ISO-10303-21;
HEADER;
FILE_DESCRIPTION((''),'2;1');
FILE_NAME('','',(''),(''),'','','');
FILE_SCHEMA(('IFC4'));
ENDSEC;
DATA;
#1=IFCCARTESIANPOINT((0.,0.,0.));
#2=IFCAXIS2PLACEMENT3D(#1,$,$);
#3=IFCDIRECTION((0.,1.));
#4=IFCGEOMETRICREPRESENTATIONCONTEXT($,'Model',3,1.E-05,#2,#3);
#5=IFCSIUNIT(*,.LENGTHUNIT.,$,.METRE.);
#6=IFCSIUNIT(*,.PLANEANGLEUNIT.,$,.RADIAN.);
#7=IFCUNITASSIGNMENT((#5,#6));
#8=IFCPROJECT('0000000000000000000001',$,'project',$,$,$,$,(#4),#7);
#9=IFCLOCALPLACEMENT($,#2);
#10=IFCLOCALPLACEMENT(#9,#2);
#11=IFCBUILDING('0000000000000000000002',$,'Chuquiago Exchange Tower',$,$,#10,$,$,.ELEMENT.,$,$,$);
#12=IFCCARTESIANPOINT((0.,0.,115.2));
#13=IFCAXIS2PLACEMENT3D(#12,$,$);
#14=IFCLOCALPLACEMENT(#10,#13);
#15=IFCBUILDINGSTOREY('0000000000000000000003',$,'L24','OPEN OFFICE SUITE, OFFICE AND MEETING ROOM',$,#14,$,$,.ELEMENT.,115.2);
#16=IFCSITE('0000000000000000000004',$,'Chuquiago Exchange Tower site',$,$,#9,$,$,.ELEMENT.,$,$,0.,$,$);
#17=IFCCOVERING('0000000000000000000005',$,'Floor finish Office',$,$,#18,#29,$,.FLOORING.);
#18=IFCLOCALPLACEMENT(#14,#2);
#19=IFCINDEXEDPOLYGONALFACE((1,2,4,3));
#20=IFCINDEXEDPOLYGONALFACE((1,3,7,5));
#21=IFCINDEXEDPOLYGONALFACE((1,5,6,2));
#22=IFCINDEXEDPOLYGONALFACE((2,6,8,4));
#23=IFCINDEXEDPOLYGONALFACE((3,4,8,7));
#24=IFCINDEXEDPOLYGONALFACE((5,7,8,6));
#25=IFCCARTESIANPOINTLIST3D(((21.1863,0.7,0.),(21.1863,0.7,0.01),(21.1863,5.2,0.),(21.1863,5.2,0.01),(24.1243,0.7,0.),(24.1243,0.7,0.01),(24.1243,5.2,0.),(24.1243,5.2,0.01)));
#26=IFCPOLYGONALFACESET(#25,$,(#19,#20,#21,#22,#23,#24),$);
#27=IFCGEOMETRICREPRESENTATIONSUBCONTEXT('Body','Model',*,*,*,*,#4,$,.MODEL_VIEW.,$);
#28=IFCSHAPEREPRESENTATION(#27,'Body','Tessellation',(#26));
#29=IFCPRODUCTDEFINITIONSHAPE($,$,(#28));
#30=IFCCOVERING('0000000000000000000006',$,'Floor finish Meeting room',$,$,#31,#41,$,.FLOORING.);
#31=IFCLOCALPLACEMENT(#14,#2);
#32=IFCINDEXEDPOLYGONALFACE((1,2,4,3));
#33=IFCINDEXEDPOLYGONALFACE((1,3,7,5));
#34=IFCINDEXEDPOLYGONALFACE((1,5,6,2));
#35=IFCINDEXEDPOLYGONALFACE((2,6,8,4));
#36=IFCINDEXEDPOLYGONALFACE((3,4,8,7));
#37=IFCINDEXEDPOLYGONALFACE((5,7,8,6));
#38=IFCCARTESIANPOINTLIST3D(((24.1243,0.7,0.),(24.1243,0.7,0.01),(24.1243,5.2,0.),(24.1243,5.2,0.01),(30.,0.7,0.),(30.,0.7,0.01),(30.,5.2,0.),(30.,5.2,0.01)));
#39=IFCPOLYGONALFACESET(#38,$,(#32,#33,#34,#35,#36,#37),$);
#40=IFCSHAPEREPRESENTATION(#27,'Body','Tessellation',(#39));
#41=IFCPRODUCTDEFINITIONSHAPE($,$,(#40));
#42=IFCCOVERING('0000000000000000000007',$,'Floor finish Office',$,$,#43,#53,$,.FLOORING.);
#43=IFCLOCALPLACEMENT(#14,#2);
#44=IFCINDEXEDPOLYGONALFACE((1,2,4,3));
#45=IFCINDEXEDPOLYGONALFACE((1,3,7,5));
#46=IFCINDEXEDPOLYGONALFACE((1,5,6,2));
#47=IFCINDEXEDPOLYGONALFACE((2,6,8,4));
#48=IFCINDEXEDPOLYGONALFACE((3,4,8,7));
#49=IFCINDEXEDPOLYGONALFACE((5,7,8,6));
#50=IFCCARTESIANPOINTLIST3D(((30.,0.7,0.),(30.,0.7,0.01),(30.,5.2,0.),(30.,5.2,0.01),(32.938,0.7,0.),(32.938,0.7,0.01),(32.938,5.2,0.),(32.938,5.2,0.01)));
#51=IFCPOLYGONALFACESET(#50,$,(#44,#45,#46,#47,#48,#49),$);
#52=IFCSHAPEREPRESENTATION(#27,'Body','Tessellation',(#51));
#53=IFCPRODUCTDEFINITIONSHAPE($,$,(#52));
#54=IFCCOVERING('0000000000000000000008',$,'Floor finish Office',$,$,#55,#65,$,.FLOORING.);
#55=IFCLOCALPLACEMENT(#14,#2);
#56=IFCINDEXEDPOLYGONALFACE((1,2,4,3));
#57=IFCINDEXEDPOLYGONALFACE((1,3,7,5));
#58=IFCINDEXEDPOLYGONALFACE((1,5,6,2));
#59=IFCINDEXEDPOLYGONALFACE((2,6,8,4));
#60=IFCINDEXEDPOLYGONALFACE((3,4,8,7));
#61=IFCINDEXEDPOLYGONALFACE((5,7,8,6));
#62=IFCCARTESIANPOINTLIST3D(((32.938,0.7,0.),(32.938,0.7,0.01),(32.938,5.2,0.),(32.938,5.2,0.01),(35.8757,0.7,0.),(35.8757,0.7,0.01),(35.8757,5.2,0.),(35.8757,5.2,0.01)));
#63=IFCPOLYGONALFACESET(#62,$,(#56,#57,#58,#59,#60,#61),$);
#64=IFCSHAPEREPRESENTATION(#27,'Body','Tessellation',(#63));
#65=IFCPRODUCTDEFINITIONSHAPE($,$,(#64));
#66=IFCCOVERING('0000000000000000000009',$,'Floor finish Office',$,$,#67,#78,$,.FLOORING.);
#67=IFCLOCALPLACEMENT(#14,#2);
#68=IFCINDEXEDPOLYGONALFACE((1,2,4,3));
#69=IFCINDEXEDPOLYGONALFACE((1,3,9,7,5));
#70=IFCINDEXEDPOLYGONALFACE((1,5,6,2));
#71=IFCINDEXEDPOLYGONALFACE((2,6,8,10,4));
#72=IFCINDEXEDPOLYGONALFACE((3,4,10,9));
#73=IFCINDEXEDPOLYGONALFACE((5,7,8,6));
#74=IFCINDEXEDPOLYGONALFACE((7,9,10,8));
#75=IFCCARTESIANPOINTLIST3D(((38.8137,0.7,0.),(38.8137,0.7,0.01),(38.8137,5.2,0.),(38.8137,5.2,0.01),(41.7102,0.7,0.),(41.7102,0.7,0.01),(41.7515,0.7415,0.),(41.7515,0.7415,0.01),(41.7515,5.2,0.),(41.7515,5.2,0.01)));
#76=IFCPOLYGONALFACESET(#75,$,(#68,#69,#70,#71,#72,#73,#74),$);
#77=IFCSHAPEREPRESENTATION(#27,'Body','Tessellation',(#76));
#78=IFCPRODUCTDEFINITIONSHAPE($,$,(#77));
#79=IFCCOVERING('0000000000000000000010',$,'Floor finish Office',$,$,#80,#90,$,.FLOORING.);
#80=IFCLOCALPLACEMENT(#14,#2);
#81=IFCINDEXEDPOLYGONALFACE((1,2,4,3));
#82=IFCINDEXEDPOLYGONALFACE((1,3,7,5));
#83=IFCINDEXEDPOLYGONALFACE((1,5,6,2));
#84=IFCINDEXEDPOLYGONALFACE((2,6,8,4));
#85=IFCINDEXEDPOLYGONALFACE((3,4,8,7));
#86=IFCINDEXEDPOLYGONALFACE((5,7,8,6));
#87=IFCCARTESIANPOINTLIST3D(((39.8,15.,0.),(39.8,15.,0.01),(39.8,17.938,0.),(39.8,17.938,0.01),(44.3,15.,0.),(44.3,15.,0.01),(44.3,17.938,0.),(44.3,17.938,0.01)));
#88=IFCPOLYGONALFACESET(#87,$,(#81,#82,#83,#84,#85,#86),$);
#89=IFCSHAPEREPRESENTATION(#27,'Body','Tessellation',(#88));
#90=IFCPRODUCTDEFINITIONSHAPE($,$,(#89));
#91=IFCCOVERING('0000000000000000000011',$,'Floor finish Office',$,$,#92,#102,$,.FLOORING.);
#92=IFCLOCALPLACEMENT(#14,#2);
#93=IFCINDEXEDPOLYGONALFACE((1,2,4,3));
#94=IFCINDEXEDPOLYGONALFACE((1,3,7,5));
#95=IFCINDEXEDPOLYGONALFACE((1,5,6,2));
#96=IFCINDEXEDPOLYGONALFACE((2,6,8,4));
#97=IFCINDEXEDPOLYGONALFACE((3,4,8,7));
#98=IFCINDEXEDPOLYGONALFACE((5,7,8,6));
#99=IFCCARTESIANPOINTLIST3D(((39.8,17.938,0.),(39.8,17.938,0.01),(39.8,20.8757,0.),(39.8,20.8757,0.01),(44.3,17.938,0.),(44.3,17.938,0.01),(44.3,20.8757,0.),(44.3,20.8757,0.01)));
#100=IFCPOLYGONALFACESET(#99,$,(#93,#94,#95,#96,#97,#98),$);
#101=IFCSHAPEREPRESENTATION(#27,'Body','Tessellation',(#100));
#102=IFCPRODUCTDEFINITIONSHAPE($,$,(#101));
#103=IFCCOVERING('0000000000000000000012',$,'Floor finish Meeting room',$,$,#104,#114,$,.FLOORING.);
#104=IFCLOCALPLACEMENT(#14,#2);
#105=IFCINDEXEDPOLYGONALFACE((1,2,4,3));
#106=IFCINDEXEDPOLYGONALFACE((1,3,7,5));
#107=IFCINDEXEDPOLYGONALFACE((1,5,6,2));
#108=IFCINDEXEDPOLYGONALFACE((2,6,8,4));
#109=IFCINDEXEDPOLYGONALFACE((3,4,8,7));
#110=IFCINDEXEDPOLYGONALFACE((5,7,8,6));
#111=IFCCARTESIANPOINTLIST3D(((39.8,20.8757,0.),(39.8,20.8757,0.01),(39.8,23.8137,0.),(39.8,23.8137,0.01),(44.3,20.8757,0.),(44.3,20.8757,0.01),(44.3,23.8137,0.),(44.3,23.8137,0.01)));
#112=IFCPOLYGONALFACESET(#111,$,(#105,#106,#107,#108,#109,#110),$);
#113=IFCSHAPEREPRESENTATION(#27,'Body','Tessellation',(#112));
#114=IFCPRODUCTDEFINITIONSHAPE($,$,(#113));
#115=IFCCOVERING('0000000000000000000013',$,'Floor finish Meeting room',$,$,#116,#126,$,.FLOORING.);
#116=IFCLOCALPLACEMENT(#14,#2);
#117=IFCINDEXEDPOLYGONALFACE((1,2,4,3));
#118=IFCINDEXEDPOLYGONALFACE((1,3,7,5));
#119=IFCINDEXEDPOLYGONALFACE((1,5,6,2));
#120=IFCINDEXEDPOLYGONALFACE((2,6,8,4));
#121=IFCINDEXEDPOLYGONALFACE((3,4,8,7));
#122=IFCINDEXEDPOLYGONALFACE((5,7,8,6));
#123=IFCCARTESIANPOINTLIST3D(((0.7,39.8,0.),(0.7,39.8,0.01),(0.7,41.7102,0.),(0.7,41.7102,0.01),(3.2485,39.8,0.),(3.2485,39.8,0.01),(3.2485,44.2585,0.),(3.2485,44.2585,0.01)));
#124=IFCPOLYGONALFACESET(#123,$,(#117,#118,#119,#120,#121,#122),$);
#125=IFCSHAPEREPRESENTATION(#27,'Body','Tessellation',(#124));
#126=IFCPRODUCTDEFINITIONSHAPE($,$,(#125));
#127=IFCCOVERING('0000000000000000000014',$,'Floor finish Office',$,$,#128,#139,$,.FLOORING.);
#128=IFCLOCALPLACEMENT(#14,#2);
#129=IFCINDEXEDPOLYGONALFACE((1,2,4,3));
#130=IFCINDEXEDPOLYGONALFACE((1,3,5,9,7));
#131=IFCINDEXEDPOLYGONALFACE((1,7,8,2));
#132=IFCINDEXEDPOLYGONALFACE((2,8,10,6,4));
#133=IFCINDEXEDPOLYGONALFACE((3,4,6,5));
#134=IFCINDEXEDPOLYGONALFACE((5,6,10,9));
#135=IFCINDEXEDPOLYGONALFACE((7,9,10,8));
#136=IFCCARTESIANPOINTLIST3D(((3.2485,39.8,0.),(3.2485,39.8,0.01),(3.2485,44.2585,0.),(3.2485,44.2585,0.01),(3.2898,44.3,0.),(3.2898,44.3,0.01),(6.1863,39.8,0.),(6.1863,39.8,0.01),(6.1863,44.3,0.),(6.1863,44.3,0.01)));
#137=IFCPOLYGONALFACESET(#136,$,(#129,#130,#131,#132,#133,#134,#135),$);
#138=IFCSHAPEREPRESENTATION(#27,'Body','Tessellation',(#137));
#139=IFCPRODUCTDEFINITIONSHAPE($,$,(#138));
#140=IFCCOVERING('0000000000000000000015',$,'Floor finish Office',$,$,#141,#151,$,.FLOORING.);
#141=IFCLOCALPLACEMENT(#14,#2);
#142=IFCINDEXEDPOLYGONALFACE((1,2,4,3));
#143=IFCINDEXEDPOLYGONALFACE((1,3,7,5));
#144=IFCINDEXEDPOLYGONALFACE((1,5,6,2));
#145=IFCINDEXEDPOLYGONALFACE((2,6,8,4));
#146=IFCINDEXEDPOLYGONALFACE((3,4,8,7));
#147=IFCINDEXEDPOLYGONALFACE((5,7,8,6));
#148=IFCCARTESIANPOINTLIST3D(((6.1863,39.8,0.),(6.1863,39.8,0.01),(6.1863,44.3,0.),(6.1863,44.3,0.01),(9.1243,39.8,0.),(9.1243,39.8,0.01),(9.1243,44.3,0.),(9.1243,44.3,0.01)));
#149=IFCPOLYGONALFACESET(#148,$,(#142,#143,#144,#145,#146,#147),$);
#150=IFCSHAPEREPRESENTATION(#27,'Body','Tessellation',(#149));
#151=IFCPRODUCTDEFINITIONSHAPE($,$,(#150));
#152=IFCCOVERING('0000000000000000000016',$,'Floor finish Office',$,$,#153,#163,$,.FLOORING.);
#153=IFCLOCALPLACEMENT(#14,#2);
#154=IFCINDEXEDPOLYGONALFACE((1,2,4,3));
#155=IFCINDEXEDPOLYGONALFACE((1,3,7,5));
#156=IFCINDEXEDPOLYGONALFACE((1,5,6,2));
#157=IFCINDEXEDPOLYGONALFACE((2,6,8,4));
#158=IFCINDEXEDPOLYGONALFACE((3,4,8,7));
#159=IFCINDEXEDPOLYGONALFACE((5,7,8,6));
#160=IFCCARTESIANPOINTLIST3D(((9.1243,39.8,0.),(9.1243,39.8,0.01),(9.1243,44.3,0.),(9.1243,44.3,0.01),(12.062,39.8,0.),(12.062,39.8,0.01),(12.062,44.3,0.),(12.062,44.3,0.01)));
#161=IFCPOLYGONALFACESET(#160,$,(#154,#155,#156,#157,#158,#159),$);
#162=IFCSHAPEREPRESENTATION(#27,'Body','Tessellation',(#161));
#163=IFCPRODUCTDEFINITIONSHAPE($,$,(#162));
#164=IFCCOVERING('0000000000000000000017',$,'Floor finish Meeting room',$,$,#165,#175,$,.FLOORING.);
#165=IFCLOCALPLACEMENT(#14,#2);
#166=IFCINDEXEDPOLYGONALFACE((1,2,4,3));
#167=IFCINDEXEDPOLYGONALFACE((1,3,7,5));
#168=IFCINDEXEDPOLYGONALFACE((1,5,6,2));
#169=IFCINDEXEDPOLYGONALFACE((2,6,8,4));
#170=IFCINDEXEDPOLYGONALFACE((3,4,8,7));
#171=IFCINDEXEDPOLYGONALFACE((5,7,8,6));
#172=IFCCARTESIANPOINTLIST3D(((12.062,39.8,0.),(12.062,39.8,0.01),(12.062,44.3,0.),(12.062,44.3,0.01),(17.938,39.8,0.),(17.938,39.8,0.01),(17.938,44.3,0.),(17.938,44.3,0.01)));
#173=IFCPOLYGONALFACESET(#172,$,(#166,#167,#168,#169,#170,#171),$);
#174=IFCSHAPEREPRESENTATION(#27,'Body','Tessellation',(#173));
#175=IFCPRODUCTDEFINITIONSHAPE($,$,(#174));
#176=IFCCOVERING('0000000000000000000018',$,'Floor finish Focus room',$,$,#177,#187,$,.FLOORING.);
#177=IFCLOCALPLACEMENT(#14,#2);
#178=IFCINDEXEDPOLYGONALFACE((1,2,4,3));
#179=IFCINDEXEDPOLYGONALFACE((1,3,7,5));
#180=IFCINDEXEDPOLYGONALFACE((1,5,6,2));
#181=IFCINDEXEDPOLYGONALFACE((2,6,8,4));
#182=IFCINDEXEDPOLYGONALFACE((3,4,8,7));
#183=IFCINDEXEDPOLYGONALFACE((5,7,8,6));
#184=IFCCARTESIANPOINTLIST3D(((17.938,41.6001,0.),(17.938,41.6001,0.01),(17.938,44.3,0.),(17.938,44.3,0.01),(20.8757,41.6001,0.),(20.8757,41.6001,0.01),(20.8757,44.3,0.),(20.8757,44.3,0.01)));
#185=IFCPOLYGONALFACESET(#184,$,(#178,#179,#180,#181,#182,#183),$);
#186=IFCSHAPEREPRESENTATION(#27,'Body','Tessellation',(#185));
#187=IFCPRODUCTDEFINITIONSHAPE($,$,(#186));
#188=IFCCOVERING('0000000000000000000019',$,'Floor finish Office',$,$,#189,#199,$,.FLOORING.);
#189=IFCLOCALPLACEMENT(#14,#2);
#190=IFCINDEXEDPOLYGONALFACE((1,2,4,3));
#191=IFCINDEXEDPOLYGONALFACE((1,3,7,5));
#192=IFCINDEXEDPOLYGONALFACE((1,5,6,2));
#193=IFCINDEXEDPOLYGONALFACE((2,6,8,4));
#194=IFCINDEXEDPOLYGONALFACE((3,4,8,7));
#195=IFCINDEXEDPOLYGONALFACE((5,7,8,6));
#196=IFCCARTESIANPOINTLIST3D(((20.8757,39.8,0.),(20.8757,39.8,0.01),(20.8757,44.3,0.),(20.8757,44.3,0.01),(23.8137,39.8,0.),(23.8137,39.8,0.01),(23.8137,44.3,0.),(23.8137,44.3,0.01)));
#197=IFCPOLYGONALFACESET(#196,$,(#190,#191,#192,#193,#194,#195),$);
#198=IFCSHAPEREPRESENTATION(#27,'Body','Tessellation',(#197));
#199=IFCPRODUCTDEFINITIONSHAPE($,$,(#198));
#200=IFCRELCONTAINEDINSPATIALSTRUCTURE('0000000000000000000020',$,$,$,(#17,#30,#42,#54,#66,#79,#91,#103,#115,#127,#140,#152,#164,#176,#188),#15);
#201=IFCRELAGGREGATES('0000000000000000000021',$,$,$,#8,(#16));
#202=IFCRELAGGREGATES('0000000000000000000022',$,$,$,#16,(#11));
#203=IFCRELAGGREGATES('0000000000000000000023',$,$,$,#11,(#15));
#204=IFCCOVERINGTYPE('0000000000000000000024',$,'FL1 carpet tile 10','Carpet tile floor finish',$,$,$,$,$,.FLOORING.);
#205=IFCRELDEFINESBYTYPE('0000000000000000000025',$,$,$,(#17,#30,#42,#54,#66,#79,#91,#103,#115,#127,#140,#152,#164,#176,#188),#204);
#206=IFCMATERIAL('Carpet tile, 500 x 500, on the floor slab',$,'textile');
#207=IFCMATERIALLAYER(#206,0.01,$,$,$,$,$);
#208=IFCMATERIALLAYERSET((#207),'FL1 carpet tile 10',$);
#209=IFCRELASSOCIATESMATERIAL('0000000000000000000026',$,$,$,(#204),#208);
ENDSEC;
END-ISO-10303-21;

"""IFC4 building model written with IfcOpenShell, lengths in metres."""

from ifc_helpers import new_model, si_unit, direction, frame, origin, place, context, subcontext, project, spatial, polyline, outline, extrude, material, layer, layer_set, type_object, element, save


model = new_model("IFC4")

# Units and contexts
model_context = context("Model", 3, precision=1e-05, world=origin(), true_north=direction((0.0, 1.0)))
body_context = subcontext(model_context, "Body", "Model", "MODEL_VIEW")
ifc_project = project(units=[si_unit("LENGTHUNIT", "METRE"), si_unit("PLANEANGLEUNIT", "RADIAN")], contexts=[model_context])

# Site, building, storey
site_placement = place(None, origin())
site = spatial("IfcSite", under=ifc_project, at=site_placement, Name="Chuquiago Exchange Tower site", CompositionType="ELEMENT", RefElevation=0.0)
building_placement = place(site_placement, origin())
building = spatial("IfcBuilding", under=site, at=building_placement, Name="Chuquiago Exchange Tower", CompositionType="ELEMENT")
storey_placement = place(building_placement, frame((0.0, 0.0, 115.2)))
storey = spatial("IfcBuildingStorey", under=building, at=storey_placement, Name="L24", Description="OPEN OFFICE SUITE, OFFICE AND MEETING ROOM", CompositionType="ELEMENT", Elevation=115.2)

# Coverings
ifc_material_1 = material(Name="Carpet tile, 500 x 500, on the floor slab", Category="textile")
ifc_layer_1 = layer(ifc_material_1, 0.01)
ifc_layer_set_1 = layer_set([ifc_layer_1], Name="FL1 carpet tile 10")
covering_type_1 = type_object("IfcCoveringType", Name="FL1 carpet tile 10", Description="Carpet tile floor finish", PredefinedType="FLOORING", material=ifc_layer_set_1)
covering_1_placement = place(storey_placement, origin())
element("IfcCovering", 1, at=covering_1_placement, inside=storey, type_object=covering_type_1, Name="Floor finish Office", PredefinedType="FLOORING", context=body_context, shape_type="SweptSolid", body=[
    extrude(outline(polyline([(21.1863, 0.7), (21.1863, 5.2), (24.1243, 5.2), (24.1243, 0.7), (21.1863, 0.7)])), origin(), (0.0, 0.0, 1.0), 0.01),
])
covering_2_placement = place(storey_placement, origin())
element("IfcCovering", 2, at=covering_2_placement, inside=storey, type_object=covering_type_1, Name="Floor finish Meeting room", PredefinedType="FLOORING", context=body_context, shape_type="SweptSolid", body=[
    extrude(outline(polyline([(24.1243, 0.7), (24.1243, 5.2), (30.0, 5.2), (30.0, 0.7), (24.1243, 0.7)])), origin(), (0.0, 0.0, 1.0), 0.01),
])
covering_3_placement = place(storey_placement, origin())
element("IfcCovering", 3, at=covering_3_placement, inside=storey, type_object=covering_type_1, Name="Floor finish Office", PredefinedType="FLOORING", context=body_context, shape_type="SweptSolid", body=[
    extrude(outline(polyline([(30.0, 0.7), (30.0, 5.2), (32.938, 5.2), (32.938, 0.7), (30.0, 0.7)])), origin(), (0.0, 0.0, 1.0), 0.01),
])
covering_4_placement = place(storey_placement, origin())
element("IfcCovering", 4, at=covering_4_placement, inside=storey, type_object=covering_type_1, Name="Floor finish Office", PredefinedType="FLOORING", context=body_context, shape_type="SweptSolid", body=[
    extrude(outline(polyline([(32.938, 0.7), (32.938, 5.2), (35.8757, 5.2), (35.8757, 0.7), (32.938, 0.7)])), origin(), (0.0, 0.0, 1.0), 0.01),
])
covering_5_placement = place(storey_placement, origin())
element("IfcCovering", 5, at=covering_5_placement, inside=storey, type_object=covering_type_1, Name="Floor finish Office", PredefinedType="FLOORING", context=body_context, shape_type="SweptSolid", body=[
    extrude(outline(polyline([(41.7102, 0.7), (38.8137, 0.7), (38.8137, 5.2), (41.7515, 5.2), (41.7515, 0.7415), (41.7102, 0.7)])), origin(), (0.0, 0.0, 1.0), 0.01),
])
covering_6_placement = place(storey_placement, origin())
element("IfcCovering", 6, at=covering_6_placement, inside=storey, type_object=covering_type_1, Name="Floor finish Office", PredefinedType="FLOORING", context=body_context, shape_type="SweptSolid", body=[
    extrude(outline(polyline([(44.3, 15.0), (39.8, 15.0), (39.8, 17.938), (44.3, 17.938), (44.3, 15.0)])), origin(), (0.0, 0.0, 1.0), 0.01),
])
covering_7_placement = place(storey_placement, origin())
element("IfcCovering", 7, at=covering_7_placement, inside=storey, type_object=covering_type_1, Name="Floor finish Office", PredefinedType="FLOORING", context=body_context, shape_type="SweptSolid", body=[
    extrude(outline(polyline([(44.3, 17.938), (39.8, 17.938), (39.8, 20.8757), (44.3, 20.8757), (44.3, 17.938)])), origin(), (0.0, 0.0, 1.0), 0.01),
])
covering_8_placement = place(storey_placement, origin())
element("IfcCovering", 8, at=covering_8_placement, inside=storey, type_object=covering_type_1, Name="Floor finish Meeting room", PredefinedType="FLOORING", context=body_context, shape_type="SweptSolid", body=[
    extrude(outline(polyline([(44.3, 20.8757), (39.8, 20.8757), (39.8, 23.8137), (44.3, 23.8137), (44.3, 20.8757)])), origin(), (0.0, 0.0, 1.0), 0.01),
])
covering_9_placement = place(storey_placement, origin())
element("IfcCovering", 9, at=covering_9_placement, inside=storey, type_object=covering_type_1, Name="Floor finish Meeting room", PredefinedType="FLOORING", context=body_context, shape_type="SweptSolid", body=[
    extrude(outline(polyline([(0.7, 41.7102), (3.2485, 44.2585), (3.2485, 39.8), (0.7, 39.8), (0.7, 41.7102)])), origin(), (0.0, 0.0, 1.0), 0.01),
])
covering_10_placement = place(storey_placement, origin())
element("IfcCovering", 10, at=covering_10_placement, inside=storey, type_object=covering_type_1, Name="Floor finish Office", PredefinedType="FLOORING", context=body_context, shape_type="SweptSolid", body=[
    extrude(outline(polyline([(3.2898, 44.3), (6.1863, 44.3), (6.1863, 39.8), (3.2485, 39.8), (3.2485, 44.2585), (3.2898, 44.3)])), origin(), (0.0, 0.0, 1.0), 0.01),
])
covering_11_placement = place(storey_placement, origin())
element("IfcCovering", 11, at=covering_11_placement, inside=storey, type_object=covering_type_1, Name="Floor finish Office", PredefinedType="FLOORING", context=body_context, shape_type="SweptSolid", body=[
    extrude(outline(polyline([(9.1243, 44.3), (9.1243, 39.8), (6.1863, 39.8), (6.1863, 44.3), (9.1243, 44.3)])), origin(), (0.0, 0.0, 1.0), 0.01),
])
covering_12_placement = place(storey_placement, origin())
element("IfcCovering", 12, at=covering_12_placement, inside=storey, type_object=covering_type_1, Name="Floor finish Office", PredefinedType="FLOORING", context=body_context, shape_type="SweptSolid", body=[
    extrude(outline(polyline([(12.062, 44.3), (12.062, 39.8), (9.1243, 39.8), (9.1243, 44.3), (12.062, 44.3)])), origin(), (0.0, 0.0, 1.0), 0.01),
])
covering_13_placement = place(storey_placement, origin())
element("IfcCovering", 13, at=covering_13_placement, inside=storey, type_object=covering_type_1, Name="Floor finish Meeting room", PredefinedType="FLOORING", context=body_context, shape_type="SweptSolid", body=[
    extrude(outline(polyline([(17.938, 44.3), (17.938, 39.8), (12.062, 39.8), (12.062, 44.3), (17.938, 44.3)])), origin(), (0.0, 0.0, 1.0), 0.01),
])
covering_14_placement = place(storey_placement, origin())
element("IfcCovering", 14, at=covering_14_placement, inside=storey, type_object=covering_type_1, Name="Floor finish Focus room", PredefinedType="FLOORING", context=body_context, shape_type="SweptSolid", body=[
    extrude(outline(polyline([(20.8757, 44.3), (20.8757, 41.6001), (17.938, 41.6001), (17.938, 44.3), (20.8757, 44.3)])), origin(), (0.0, 0.0, 1.0), 0.01),
])
covering_15_placement = place(storey_placement, origin())
element("IfcCovering", 15, at=covering_15_placement, inside=storey, type_object=covering_type_1, Name="Floor finish Office", PredefinedType="FLOORING", context=body_context, shape_type="SweptSolid", body=[
    extrude(outline(polyline([(23.8137, 44.3), (23.8137, 39.8), (20.8757, 39.8), (20.8757, 44.3), (23.8137, 44.3)])), origin(), (0.0, 0.0, 1.0), 0.01),
])

save(model, "model.ifc")
